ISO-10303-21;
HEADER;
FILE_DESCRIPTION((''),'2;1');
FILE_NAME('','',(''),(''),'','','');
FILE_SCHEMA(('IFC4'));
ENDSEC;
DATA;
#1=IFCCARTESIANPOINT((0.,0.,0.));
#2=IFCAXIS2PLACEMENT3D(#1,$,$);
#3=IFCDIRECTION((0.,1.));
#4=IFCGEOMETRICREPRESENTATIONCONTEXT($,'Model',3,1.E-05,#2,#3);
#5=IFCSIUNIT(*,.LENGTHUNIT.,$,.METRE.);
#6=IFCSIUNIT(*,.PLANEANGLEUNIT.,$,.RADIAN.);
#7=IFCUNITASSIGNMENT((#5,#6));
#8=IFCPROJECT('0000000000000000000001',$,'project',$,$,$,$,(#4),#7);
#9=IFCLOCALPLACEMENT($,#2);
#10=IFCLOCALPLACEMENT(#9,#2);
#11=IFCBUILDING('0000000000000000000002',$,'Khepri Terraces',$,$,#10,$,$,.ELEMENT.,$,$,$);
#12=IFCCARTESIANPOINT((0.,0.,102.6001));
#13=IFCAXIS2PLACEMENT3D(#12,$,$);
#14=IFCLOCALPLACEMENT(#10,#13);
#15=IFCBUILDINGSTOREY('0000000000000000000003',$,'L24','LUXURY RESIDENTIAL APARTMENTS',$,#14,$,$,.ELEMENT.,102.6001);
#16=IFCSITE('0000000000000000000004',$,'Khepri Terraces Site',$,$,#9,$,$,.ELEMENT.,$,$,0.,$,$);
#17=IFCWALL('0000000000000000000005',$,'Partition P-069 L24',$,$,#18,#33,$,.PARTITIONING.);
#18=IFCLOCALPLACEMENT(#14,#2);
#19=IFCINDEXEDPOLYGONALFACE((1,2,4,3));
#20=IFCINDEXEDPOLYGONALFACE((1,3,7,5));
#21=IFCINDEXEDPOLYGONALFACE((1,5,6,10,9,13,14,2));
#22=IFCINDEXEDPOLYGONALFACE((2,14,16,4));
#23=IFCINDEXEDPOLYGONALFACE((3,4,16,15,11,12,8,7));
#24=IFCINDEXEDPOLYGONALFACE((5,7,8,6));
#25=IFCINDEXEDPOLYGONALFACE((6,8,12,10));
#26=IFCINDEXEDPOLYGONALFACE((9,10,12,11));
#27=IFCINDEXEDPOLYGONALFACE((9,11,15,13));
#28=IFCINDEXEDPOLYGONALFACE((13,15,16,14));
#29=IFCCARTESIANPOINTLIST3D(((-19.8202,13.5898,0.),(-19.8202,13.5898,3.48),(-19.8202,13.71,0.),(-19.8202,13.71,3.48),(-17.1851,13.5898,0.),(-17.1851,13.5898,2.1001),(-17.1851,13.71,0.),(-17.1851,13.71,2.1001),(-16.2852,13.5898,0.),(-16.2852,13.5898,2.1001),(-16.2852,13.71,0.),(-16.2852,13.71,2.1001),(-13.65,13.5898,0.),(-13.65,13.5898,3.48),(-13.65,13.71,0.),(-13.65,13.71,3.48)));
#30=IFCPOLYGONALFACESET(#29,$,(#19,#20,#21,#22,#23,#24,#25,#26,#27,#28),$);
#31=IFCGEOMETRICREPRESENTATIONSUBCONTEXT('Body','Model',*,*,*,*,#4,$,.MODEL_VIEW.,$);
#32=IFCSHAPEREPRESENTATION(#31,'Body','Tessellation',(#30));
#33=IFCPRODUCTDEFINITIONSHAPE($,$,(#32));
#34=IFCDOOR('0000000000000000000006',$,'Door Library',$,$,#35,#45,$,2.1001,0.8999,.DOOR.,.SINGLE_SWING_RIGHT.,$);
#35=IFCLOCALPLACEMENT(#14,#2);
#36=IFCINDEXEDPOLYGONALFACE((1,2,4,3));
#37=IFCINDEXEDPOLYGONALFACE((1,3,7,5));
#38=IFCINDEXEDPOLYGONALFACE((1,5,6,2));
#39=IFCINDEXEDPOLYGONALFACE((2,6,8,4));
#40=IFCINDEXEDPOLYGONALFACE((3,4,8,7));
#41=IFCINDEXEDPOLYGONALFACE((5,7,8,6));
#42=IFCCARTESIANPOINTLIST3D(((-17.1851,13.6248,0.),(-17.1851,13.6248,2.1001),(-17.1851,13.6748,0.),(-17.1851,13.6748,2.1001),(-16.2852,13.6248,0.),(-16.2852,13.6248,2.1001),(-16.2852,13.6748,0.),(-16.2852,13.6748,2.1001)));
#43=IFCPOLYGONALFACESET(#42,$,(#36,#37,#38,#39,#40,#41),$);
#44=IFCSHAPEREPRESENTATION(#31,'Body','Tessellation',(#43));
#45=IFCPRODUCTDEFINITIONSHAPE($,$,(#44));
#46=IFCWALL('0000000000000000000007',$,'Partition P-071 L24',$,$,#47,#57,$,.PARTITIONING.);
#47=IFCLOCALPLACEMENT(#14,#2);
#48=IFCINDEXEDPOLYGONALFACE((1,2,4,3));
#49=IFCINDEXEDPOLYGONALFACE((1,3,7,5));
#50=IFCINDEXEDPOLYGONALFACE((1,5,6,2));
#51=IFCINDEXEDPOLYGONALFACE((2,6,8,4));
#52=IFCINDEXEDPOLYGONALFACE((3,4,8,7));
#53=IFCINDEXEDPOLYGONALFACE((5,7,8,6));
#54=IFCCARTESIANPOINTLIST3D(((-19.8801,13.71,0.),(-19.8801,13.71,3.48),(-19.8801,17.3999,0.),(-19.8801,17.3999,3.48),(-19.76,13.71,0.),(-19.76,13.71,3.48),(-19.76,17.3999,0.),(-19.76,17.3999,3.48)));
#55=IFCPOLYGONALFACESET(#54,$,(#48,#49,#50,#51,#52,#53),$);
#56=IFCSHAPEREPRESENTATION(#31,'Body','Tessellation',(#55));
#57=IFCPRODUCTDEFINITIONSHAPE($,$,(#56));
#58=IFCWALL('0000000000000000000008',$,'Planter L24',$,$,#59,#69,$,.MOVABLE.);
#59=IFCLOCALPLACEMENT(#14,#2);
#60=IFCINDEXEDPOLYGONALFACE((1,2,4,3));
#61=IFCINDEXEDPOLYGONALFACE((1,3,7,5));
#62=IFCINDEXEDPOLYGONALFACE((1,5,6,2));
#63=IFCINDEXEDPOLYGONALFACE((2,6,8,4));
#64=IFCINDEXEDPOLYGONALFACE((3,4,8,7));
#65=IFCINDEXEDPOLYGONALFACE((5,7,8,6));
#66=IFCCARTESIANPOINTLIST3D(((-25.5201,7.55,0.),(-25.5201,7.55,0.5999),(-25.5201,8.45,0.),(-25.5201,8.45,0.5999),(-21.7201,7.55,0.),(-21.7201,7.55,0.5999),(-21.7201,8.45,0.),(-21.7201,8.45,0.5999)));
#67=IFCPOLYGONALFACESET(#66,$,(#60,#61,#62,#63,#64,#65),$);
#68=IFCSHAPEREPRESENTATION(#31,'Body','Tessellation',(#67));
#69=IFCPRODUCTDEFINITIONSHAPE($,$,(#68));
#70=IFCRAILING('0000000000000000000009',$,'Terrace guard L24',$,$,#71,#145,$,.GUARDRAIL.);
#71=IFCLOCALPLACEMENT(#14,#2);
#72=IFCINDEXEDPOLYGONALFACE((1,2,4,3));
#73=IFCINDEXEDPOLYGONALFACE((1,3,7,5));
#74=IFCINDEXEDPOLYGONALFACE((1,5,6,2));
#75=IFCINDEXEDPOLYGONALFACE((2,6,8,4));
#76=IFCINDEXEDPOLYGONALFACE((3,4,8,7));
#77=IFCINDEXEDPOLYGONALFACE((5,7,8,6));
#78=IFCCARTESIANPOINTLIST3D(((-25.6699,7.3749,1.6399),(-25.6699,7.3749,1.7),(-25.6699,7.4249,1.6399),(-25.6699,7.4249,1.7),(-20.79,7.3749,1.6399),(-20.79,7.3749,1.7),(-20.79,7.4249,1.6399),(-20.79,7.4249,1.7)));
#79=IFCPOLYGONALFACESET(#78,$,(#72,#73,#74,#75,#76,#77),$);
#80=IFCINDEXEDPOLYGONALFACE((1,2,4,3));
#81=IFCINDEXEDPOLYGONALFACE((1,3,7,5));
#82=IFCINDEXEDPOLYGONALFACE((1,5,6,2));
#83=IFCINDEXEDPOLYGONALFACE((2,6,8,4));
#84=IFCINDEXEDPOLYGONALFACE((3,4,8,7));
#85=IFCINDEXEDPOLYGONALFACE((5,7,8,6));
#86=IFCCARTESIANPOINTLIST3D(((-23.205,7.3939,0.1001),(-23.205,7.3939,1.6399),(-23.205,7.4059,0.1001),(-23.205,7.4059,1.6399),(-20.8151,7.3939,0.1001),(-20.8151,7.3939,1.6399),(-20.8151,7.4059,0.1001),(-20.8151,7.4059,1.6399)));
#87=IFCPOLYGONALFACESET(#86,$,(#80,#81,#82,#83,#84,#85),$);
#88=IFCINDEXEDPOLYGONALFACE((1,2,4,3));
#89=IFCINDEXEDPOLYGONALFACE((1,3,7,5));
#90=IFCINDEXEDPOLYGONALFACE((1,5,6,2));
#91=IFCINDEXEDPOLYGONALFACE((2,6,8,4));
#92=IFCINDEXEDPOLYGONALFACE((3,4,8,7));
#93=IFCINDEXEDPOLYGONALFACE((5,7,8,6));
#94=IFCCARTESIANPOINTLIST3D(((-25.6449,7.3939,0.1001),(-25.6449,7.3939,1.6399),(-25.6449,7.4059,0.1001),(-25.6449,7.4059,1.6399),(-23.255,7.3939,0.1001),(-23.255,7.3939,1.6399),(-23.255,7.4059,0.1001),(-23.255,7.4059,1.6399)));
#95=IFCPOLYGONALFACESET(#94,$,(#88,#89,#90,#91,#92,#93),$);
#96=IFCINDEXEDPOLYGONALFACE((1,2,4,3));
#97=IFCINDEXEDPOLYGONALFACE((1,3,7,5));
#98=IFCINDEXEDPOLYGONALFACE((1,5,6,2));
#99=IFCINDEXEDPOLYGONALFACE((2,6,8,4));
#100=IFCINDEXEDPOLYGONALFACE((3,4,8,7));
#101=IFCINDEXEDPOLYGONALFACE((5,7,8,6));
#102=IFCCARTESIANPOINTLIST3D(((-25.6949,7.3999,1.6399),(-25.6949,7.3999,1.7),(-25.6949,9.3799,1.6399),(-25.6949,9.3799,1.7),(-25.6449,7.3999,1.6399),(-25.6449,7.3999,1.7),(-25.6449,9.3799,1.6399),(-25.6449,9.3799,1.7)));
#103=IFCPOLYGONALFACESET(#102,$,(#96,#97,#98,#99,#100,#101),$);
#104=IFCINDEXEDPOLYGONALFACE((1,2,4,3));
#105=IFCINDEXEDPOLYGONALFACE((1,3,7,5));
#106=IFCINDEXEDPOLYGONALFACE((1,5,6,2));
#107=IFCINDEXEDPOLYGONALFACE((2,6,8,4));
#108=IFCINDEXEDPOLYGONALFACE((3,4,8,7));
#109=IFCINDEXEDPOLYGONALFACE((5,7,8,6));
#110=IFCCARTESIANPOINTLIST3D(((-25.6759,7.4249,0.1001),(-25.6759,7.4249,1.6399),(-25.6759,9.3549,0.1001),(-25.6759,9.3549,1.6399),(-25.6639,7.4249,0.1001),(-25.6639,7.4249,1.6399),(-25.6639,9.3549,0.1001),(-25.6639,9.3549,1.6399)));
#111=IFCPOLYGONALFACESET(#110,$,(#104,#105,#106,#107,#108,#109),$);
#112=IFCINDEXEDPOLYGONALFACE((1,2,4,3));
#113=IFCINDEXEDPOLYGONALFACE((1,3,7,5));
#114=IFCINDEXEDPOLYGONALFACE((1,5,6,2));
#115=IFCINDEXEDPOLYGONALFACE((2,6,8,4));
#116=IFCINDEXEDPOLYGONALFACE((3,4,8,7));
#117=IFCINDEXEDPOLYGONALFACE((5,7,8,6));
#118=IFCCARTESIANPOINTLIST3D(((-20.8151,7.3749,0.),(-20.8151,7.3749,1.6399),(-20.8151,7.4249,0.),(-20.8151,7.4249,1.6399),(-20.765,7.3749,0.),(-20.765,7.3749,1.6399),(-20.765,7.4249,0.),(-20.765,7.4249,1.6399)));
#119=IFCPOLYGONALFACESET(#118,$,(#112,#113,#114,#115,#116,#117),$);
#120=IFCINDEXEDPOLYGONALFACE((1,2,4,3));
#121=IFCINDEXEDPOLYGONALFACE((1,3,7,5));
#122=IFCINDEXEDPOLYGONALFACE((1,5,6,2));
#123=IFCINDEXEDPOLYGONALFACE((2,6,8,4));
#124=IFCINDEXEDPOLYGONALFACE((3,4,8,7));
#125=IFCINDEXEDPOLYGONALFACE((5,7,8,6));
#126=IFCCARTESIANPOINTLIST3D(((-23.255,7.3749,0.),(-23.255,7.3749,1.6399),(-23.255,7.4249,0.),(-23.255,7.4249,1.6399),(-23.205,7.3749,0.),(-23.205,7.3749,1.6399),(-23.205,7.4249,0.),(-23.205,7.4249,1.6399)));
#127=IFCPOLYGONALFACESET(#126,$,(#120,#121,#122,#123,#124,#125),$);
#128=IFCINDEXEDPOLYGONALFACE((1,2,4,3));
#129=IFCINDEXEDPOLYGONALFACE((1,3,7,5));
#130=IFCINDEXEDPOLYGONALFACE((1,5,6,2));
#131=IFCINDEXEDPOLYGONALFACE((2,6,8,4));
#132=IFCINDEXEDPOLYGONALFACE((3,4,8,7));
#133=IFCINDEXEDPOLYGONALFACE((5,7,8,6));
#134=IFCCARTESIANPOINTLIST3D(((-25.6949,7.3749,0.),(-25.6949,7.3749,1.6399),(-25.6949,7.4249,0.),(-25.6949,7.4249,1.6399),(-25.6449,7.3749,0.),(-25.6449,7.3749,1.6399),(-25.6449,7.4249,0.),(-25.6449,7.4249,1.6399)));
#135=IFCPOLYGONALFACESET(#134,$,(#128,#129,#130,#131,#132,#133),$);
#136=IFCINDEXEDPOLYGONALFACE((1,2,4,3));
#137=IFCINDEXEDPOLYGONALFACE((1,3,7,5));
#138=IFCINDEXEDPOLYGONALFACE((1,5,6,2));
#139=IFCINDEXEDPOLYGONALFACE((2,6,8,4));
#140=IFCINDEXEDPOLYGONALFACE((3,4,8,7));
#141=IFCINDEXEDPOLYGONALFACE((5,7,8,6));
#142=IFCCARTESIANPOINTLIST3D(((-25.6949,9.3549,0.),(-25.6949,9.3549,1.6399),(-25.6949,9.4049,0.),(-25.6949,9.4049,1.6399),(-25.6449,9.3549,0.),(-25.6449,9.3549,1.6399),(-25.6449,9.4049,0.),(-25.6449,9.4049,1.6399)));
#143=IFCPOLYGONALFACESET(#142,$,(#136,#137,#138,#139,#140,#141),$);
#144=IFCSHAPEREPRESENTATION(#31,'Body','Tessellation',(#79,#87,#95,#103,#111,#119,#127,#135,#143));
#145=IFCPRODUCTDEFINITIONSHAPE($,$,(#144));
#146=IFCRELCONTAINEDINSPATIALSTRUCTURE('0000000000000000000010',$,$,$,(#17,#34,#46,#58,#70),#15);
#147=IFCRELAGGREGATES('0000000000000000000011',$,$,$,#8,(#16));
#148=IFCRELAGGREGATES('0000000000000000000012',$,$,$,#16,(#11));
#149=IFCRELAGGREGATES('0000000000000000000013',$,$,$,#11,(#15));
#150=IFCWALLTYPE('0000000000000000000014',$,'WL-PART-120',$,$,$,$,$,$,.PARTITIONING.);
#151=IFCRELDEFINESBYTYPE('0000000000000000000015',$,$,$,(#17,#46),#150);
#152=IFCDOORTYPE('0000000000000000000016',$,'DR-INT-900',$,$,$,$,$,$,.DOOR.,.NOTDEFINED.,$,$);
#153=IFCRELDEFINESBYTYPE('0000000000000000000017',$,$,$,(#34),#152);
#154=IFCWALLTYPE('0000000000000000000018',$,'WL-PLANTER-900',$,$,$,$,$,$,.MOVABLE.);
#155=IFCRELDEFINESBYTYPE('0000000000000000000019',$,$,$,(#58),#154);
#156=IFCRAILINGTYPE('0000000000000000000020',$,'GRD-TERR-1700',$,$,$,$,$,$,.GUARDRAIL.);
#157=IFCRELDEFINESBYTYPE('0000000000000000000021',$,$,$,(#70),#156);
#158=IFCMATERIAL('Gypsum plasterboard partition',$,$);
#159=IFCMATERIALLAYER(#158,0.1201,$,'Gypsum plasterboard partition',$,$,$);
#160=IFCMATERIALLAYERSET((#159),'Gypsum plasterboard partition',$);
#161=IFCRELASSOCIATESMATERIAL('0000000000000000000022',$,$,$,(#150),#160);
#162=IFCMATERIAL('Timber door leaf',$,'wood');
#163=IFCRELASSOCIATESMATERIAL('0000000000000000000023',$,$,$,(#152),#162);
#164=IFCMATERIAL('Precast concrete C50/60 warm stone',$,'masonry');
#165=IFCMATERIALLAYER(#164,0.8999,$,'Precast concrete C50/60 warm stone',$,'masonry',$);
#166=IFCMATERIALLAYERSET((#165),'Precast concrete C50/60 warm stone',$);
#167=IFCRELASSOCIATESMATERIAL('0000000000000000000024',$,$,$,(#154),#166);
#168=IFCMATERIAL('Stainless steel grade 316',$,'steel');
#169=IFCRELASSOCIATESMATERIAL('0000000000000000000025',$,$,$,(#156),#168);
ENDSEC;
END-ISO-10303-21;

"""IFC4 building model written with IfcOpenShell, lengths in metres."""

from ifc_helpers import new_model, si_unit, direction, frame, frame_2d, origin, origin_2d, place, context, subcontext, project, spatial, rectangle, extrude, material, layer, layer_set, type_object, element, fill, save


model = new_model("IFC4")

# Units and contexts
model_context = context("Model", 3, precision=1e-05, world=origin(), true_north=direction((0.0, 1.0)))
body_context = subcontext(model_context, "Body", "Model", "MODEL_VIEW")
ifc_project = project(units=[si_unit("LENGTHUNIT", "METRE"), si_unit("PLANEANGLEUNIT", "RADIAN")], contexts=[model_context])

# Site, building, storey
site_placement = place(None, origin())
site = spatial("IfcSite", under=ifc_project, at=site_placement, Name="Khepri Terraces Site", CompositionType="ELEMENT", RefElevation=0.0)
building_placement = place(site_placement, origin())
building = spatial("IfcBuilding", under=site, at=building_placement, Name="Khepri Terraces", CompositionType="ELEMENT")
storey_placement = place(building_placement, frame((0.0, 0.0, 102.6001)))
storey = spatial("IfcBuildingStorey", under=building, at=storey_placement, Name="L24", Description="LUXURY RESIDENTIAL APARTMENTS", CompositionType="ELEMENT", Elevation=102.6001)

# Shared definitions
ifc_material_1 = material(Name="Precast concrete C50/60 warm stone", Category="masonry")

# Shared definitions
ifc_material_2 = material(Name="Gypsum plasterboard partition")
ifc_layer_1 = layer(ifc_material_2, 0.1201, Name="Gypsum plasterboard partition")
ifc_layer_set_1 = layer_set([ifc_layer_1], Name="Gypsum plasterboard partition")
wall_type_1 = type_object("IfcWallType", Name="WL-PART-120", PredefinedType="PARTITIONING", material=ifc_layer_set_1)

# Shared definitions
ifc_material_3 = material(Name="Timber door leaf", Category="wood")
door_type_1 = type_object("IfcDoorType", Name="DR-INT-900", OperationType="NOTDEFINED", PredefinedType="DOOR", material=ifc_material_3)

# Wall, opening, door
wall_1_placement = place(storey_placement, frame((-19.8201, 13.6499, 0.0), z_axis=(0.0, 0.0, 1.0), x_axis=(1.0, 0.0, 0.0)))
wall_1 = element("IfcWall", 1, at=wall_1_placement, inside=storey, type_object=wall_type_1, Name="Partition P-069 L24", PredefinedType="PARTITIONING", context=body_context, shape_type="SweptSolid", body=[
    extrude(rectangle(XDim=6.1702, YDim=0.1201, at=frame_2d((3.085, 0.0))), origin(), (0.0, 0.0, 1.0), 3.48),
])
opening_1_placement = place(wall_1_placement, frame((2.635, 0.0, 0.0)))
opening_1 = element("IfcOpeningElement", 2, at=opening_1_placement, cuts=wall_1, PredefinedType="OPENING", context=body_context, shape_type="SweptSolid", body=[
    extrude(rectangle(XDim=0.8999, YDim=2.1001, at=frame_2d((0.45, 1.05))), frame((0.0, 0.0701, 0.0), z_axis=(0.0, -1.0, 0.0), x_axis=(1.0, 0.0, 0.0)), (0.0, 0.0, 1.0), 0.1401),
])
door_1_placement = place(opening_1_placement, origin())
door_1 = element("IfcDoor", 3, at=door_1_placement, inside=storey, type_object=door_type_1, Name="Door Library", OperationType="SINGLE_SWING_RIGHT", OverallHeight=2.1001, OverallWidth=0.8999, PredefinedType="DOOR", context=body_context, shape_type="SweptSolid", body=[
    extrude(rectangle(XDim=0.8999, YDim=2.1001, at=frame_2d((0.45, 1.05))), frame((0.0, 0.0249, 0.0), z_axis=(0.0, -1.0, 0.0), x_axis=(1.0, 0.0, 0.0)), (0.0, 0.0, 1.0), 0.05),
])
fill(opening_1, door_1)

# Walls
wall_2_placement = place(storey_placement, frame((-19.8201, 13.71, 0.0), z_axis=(0.0, 0.0, 1.0), x_axis=(0.0, 1.0, 0.0)))
element("IfcWall", 4, at=wall_2_placement, inside=storey, type_object=wall_type_1, Name="Partition P-071 L24", PredefinedType="PARTITIONING", context=body_context, shape_type="SweptSolid", body=[
    extrude(rectangle(XDim=3.6899, YDim=0.1201, at=frame_2d((1.845, 0.0))), origin(), (0.0, 0.0, 1.0), 3.48),
])
ifc_layer_2 = layer(ifc_material_1, 0.8999, Name="Precast concrete C50/60 warm stone", Category="masonry")
ifc_layer_set_2 = layer_set([ifc_layer_2], Name="Precast concrete C50/60 warm stone")
wall_type_2 = type_object("IfcWallType", Name="WL-PLANTER-900", PredefinedType="MOVABLE", material=ifc_layer_set_2)
wall_3_placement = place(storey_placement, frame((-25.52, 8.0, 0.0), z_axis=(0.0, 0.0, 1.0), x_axis=(1.0, 0.0, 0.0)))
element("IfcWall", 5, at=wall_3_placement, inside=storey, type_object=wall_type_2, Name="Planter L24", PredefinedType="MOVABLE", context=body_context, shape_type="SweptSolid", body=[
    extrude(rectangle(XDim=3.8, YDim=0.8999, at=frame_2d((1.8999, 0.0))), origin(), (0.0, 0.0, 1.0), 0.5999),
])

# Railing
ifc_material_4 = material(Name="Stainless steel grade 316", Category="steel")
railing_type = type_object("IfcRailingType", Name="GRD-TERR-1700", PredefinedType="GUARDRAIL", material=ifc_material_4)
railing_placement = place(storey_placement, frame((-20.79, 7.3999, 0.0)))
element("IfcRailing", 6, at=railing_placement, inside=storey, type_object=railing_type, Name="Terrace guard L24", PredefinedType="GUARDRAIL", context=body_context, shape_type="SweptSolid", body=[
    extrude(rectangle(XDim=0.05, YDim=0.0601, at=origin_2d()), frame((0.0, 0.0, 1.6699), z_axis=(-1.0, 0.0, 0.0), x_axis=(0.0, -1.0, 0.0)), (0.0, 0.0, 1.0), 4.8799),
    extrude(rectangle(XDim=2.3899, YDim=0.012, at=origin_2d()), frame((-1.22, 0.0, 0.1001), z_axis=(0.0, 0.0, 1.0), x_axis=(-1.0, 0.0, 0.0)), (0.0, 0.0, 1.0), 1.5398),
    extrude(rectangle(XDim=2.3899, YDim=0.012, at=origin_2d()), frame((-3.6599, 0.0, 0.1001), z_axis=(0.0, 0.0, 1.0), x_axis=(-1.0, 0.0, 0.0)), (0.0, 0.0, 1.0), 1.5398),
    extrude(rectangle(XDim=0.05, YDim=0.0601, at=origin_2d()), frame((-4.8799, 0.0, 1.6699), z_axis=(0.0, 1.0, 0.0), x_axis=(-1.0, 0.0, 0.0)), (0.0, 0.0, 1.0), 1.98),
    extrude(rectangle(XDim=1.9299, YDim=0.012, at=origin_2d()), frame((-4.8799, 0.99, 0.1001), z_axis=(0.0, 0.0, 1.0), x_axis=(0.0, 1.0, 0.0)), (0.0, 0.0, 1.0), 1.5398),
    extrude(rectangle(XDim=0.05, YDim=0.05, at=origin_2d()), origin(), (0.0, 0.0, 1.0), 1.6399),
    extrude(rectangle(XDim=0.05, YDim=0.05, at=origin_2d()), frame((-2.4399, 0.0, 0.0)), (0.0, 0.0, 1.0), 1.6399),
    extrude(rectangle(XDim=0.05, YDim=0.05, at=origin_2d()), frame((-4.8799, 0.0, 0.0)), (0.0, 0.0, 1.0), 1.6399),
    extrude(rectangle(XDim=0.05, YDim=0.05, at=origin_2d()), frame((-4.8799, 1.98, 0.0)), (0.0, 0.0, 1.0), 1.6399),
])

save(model, "model.ifc")
